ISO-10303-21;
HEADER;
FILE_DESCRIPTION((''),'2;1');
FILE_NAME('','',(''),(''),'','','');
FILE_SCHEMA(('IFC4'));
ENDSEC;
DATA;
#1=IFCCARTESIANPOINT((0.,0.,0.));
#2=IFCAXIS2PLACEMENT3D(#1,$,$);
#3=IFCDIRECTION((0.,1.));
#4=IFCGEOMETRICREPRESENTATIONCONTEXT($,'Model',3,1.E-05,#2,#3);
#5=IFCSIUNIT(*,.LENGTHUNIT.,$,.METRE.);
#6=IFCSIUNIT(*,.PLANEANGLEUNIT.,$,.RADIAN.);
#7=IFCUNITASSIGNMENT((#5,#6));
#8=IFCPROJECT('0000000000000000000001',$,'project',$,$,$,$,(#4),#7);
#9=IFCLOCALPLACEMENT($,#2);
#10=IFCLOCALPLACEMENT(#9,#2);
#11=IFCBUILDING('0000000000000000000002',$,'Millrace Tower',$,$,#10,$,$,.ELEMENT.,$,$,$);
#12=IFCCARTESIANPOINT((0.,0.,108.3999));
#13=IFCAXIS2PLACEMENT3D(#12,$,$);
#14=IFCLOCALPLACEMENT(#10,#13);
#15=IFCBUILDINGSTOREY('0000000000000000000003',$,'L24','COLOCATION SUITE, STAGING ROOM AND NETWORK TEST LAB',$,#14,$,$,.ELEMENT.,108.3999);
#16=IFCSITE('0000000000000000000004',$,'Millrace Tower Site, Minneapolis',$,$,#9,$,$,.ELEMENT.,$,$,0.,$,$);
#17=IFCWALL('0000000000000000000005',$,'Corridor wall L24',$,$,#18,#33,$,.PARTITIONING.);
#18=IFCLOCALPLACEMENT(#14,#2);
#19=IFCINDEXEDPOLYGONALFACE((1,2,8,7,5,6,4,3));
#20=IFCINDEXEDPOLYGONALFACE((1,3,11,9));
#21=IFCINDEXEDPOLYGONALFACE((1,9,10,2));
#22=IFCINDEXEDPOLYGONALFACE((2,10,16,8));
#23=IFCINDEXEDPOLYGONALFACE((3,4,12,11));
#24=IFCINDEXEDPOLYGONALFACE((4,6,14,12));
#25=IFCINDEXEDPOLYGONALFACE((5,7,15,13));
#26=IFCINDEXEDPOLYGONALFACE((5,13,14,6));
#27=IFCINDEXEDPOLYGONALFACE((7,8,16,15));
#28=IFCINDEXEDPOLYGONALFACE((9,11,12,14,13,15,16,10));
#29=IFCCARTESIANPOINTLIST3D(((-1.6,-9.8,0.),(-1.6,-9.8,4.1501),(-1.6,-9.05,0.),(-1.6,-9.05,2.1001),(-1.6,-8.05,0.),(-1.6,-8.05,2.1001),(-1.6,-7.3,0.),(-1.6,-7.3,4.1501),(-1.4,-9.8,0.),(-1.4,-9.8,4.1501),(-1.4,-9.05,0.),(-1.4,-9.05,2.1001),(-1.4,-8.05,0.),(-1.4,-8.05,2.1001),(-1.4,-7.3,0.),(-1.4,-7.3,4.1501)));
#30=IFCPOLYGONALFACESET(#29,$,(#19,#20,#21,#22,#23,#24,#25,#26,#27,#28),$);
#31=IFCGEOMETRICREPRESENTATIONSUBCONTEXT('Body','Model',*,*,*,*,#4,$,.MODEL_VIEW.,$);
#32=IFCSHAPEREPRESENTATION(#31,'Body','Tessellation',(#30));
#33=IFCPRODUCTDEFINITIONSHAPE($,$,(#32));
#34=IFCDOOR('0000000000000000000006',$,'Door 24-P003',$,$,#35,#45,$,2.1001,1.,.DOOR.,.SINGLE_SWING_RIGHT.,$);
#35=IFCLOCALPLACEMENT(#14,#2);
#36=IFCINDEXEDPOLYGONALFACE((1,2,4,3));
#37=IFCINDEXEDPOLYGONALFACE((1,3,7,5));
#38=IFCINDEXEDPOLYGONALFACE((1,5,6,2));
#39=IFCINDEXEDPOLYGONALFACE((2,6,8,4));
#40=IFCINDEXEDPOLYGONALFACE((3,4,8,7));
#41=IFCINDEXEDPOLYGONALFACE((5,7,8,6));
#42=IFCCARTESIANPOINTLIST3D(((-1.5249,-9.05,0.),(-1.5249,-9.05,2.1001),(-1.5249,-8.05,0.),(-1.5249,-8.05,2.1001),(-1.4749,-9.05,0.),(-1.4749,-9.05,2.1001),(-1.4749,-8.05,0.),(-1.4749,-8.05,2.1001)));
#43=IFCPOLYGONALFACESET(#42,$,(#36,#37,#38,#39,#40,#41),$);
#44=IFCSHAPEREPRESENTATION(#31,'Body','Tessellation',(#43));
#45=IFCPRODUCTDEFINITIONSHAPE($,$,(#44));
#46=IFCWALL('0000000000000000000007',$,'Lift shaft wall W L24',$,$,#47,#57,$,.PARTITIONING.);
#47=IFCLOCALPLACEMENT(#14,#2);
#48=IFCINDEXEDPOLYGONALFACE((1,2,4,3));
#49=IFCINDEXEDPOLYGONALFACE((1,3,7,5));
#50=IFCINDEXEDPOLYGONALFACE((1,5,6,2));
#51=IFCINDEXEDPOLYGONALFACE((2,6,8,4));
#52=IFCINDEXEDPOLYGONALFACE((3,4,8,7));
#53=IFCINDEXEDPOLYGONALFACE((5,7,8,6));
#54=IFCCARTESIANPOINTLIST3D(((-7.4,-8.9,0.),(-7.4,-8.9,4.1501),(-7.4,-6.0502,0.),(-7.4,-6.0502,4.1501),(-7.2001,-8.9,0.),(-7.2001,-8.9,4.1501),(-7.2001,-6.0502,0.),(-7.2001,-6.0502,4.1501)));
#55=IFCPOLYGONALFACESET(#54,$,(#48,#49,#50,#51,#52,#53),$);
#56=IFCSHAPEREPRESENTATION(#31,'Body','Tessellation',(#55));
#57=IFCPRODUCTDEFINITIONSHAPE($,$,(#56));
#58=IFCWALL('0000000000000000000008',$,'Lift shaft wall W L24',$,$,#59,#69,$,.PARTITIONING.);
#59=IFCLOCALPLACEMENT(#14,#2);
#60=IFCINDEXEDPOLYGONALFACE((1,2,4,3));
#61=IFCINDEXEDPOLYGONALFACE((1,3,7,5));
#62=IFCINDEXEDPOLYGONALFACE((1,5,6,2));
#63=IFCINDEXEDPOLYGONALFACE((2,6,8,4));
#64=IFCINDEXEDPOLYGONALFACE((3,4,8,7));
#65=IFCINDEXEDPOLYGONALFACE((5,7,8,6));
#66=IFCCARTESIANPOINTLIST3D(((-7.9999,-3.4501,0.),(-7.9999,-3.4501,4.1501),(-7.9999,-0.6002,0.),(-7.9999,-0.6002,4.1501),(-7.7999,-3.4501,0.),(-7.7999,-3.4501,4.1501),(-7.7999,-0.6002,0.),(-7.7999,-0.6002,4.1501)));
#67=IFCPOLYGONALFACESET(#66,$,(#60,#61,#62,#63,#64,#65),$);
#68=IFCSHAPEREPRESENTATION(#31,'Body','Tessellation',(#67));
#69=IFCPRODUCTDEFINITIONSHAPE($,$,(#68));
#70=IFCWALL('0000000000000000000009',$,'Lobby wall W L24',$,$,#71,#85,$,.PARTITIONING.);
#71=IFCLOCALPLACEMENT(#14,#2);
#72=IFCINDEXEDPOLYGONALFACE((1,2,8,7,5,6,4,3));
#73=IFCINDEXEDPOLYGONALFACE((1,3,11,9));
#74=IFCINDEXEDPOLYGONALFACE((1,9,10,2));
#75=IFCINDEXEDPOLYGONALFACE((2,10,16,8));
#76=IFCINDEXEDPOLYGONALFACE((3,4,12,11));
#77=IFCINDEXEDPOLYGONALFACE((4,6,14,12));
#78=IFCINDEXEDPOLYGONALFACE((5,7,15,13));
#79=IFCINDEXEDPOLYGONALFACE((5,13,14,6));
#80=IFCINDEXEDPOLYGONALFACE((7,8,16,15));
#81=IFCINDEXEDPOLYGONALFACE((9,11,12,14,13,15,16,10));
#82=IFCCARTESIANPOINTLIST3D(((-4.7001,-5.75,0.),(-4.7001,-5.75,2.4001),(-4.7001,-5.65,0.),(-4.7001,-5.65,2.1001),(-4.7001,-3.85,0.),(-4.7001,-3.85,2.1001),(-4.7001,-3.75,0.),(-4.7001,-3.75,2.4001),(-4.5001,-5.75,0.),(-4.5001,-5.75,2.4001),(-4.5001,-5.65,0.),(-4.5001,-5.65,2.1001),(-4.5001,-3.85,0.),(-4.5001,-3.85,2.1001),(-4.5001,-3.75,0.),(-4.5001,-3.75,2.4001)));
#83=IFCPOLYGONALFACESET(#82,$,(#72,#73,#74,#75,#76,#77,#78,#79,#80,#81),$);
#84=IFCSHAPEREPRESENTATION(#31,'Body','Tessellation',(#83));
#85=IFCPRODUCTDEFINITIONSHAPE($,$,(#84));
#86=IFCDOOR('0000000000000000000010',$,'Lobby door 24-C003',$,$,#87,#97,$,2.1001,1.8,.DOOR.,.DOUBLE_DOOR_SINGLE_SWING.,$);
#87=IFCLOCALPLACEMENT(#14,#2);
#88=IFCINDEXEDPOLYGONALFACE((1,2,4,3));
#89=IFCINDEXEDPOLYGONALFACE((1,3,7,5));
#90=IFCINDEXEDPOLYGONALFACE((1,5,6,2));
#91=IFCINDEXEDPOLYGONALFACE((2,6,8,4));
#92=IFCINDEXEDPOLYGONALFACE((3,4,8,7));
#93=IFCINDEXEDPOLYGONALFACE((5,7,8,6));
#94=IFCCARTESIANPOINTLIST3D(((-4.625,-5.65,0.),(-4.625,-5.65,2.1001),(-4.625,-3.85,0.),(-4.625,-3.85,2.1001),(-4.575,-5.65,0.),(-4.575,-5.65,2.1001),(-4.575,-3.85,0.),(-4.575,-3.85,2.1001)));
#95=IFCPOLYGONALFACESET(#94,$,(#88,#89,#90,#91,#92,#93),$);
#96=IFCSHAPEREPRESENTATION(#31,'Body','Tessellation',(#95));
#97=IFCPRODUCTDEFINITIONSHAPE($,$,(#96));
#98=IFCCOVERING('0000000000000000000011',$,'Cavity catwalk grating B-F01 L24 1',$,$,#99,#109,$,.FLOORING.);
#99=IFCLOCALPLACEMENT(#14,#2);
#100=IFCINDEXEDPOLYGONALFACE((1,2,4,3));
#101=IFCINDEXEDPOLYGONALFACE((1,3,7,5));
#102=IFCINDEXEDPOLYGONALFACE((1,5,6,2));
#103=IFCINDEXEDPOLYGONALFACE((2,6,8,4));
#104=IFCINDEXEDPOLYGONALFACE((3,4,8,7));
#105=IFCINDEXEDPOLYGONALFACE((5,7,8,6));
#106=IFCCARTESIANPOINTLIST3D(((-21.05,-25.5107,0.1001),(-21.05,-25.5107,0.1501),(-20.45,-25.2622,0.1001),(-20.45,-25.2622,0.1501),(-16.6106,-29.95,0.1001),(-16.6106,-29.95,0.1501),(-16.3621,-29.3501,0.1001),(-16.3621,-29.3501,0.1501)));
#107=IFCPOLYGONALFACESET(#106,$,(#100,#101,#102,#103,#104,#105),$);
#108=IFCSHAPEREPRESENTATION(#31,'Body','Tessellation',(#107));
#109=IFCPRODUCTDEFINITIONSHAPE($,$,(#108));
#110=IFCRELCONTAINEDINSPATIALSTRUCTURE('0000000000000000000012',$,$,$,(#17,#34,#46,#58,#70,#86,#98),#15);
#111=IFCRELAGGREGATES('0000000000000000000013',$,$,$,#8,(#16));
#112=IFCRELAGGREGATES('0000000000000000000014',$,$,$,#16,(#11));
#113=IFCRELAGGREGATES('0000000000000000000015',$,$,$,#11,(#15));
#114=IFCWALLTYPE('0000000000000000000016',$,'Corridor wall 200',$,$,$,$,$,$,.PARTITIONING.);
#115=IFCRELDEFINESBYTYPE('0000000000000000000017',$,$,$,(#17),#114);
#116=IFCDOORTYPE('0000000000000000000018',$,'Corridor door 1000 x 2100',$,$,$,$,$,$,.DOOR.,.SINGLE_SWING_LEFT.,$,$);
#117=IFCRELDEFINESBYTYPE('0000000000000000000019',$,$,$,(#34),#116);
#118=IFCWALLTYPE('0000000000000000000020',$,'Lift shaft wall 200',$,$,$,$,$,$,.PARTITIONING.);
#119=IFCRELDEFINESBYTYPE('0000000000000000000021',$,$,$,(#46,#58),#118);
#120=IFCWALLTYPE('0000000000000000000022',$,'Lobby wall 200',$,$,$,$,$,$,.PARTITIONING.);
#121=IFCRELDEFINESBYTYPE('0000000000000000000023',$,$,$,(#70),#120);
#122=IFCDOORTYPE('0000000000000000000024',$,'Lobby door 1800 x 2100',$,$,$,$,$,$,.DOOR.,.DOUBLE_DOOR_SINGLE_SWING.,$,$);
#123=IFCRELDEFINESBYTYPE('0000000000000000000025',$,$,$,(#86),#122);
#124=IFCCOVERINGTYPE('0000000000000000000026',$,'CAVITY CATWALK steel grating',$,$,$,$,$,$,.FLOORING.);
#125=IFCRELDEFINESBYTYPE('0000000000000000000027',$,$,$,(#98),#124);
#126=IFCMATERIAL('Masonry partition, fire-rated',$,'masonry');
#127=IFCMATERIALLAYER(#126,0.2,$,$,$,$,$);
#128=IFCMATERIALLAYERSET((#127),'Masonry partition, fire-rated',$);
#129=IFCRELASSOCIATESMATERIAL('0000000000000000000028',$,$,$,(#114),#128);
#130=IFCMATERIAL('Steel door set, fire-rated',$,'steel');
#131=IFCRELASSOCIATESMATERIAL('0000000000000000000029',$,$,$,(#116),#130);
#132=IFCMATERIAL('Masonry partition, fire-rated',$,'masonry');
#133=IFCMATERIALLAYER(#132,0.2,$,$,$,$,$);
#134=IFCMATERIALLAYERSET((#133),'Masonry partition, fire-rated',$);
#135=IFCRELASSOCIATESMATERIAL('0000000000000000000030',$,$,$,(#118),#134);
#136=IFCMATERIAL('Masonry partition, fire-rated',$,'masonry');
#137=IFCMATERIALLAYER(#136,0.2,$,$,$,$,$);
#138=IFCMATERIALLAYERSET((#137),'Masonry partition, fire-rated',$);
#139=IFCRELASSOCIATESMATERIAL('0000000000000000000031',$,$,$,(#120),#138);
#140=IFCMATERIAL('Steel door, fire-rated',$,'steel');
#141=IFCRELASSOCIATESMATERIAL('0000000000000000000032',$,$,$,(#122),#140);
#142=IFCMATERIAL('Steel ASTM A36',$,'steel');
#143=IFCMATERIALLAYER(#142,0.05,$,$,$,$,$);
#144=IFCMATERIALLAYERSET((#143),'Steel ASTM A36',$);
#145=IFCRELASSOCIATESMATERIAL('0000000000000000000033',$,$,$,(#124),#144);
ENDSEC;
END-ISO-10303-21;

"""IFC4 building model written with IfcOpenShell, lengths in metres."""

from ifc_helpers import new_model, si_unit, direction, frame, frame_2d, origin, place, context, subcontext, project, spatial, polyline, rectangle, outline, extrude, material, layer, layer_set, type_object, element, fill, save


model = new_model("IFC4")

# Units and contexts
model_context = context("Model", 3, precision=1e-05, world=origin(), true_north=direction((0.0, 1.0)))
body_context = subcontext(model_context, "Body", "Model", "MODEL_VIEW")
ifc_project = project(units=[si_unit("LENGTHUNIT", "METRE"), si_unit("PLANEANGLEUNIT", "RADIAN")], contexts=[model_context])

# Site, building, storey
site_placement = place(None, origin())
site = spatial("IfcSite", under=ifc_project, at=site_placement, Name="Millrace Tower Site, Minneapolis", CompositionType="ELEMENT", RefElevation=0.0)
building_placement = place(site_placement, origin())
building = spatial("IfcBuilding", under=site, at=building_placement, Name="Millrace Tower", CompositionType="ELEMENT")
storey_placement = place(building_placement, frame((0.0, 0.0, 108.3999)))
storey = spatial("IfcBuildingStorey", under=building, at=storey_placement, Name="L24", Description="COLOCATION SUITE, STAGING ROOM AND NETWORK TEST LAB", CompositionType="ELEMENT", Elevation=108.3999)

# Shared definitions
ifc_material_1 = material(Name="Masonry partition, fire-rated", Category="masonry")
ifc_layer_1 = layer(ifc_material_1, 0.2)
ifc_layer_set_1 = layer_set([ifc_layer_1], Name="Masonry partition, fire-rated")
wall_type_1 = type_object("IfcWallType", Name="Corridor wall 200", PredefinedType="PARTITIONING", material=ifc_layer_set_1)

# Wall, opening, door
wall_1_placement = place(storey_placement, frame((-1.5, -9.8, 0.0), z_axis=(0.0, 0.0, 1.0), x_axis=(0.0, 1.0, 0.0)))
wall_1 = element("IfcWall", 1, at=wall_1_placement, inside=storey, type_object=wall_type_1, Name="Corridor wall L24", PredefinedType="PARTITIONING", context=body_context, shape_type="SweptSolid", body=[
    extrude(rectangle(XDim=2.5, YDim=0.2, at=frame_2d((1.25, 0.0))), origin(), (0.0, 0.0, 1.0), 4.1501),
])
opening_1_placement = place(wall_1_placement, frame((0.75, 0.0, 0.0)))
opening_1 = element("IfcOpeningElement", 2, at=opening_1_placement, cuts=wall_1, PredefinedType="OPENING", context=body_context, shape_type="SweptSolid", body=[
    extrude(rectangle(XDim=1.0, YDim=2.1001, at=frame_2d((0.5, 1.05))), frame((0.0, 0.1099, 0.0), z_axis=(0.0, -1.0, 0.0), x_axis=(1.0, 0.0, 0.0)), (0.0, 0.0, 1.0), 0.22),
])
ifc_material_2 = material(Name="Steel door set, fire-rated", Category="steel")
door_type_1 = type_object("IfcDoorType", Name="Corridor door 1000 x 2100", OperationType="SINGLE_SWING_LEFT", PredefinedType="DOOR", material=ifc_material_2)
door_1_placement = place(opening_1_placement, origin())
door_1 = element("IfcDoor", 3, at=door_1_placement, inside=storey, type_object=door_type_1, Name="Door 24-P003", OperationType="SINGLE_SWING_RIGHT", OverallHeight=2.1001, OverallWidth=1.0, PredefinedType="DOOR", context=body_context, shape_type="SweptSolid", body=[
    extrude(rectangle(XDim=1.0, YDim=2.1001, at=frame_2d((0.5, 1.05))), frame((0.0, 0.0249, 0.0), z_axis=(0.0, -1.0, 0.0), x_axis=(1.0, 0.0, 0.0)), (0.0, 0.0, 1.0), 0.05),
])
fill(opening_1, door_1)

# Walls
ifc_material_3 = material(Name="Masonry partition, fire-rated", Category="masonry")
ifc_layer_2 = layer(ifc_material_3, 0.2)
ifc_layer_set_2 = layer_set([ifc_layer_2], Name="Masonry partition, fire-rated")
wall_type_2 = type_object("IfcWallType", Name="Lift shaft wall 200", PredefinedType="PARTITIONING", material=ifc_layer_set_2)
for number, where, z_axis, x_axis, name in (
    (4, (-7.3, -8.8999, 0.0), (0.0, 0.0, 1.0), (0.0, 1.0, 0.0), "Lift shaft wall W L24"),
    (5, (-7.8999, -3.45, 0.0), (0.0, 0.0, 1.0), (0.0, 1.0, 0.0), "Lift shaft wall W L24"),
):
    element("IfcWall", number, at=place(storey_placement, frame(where, z_axis=z_axis, x_axis=x_axis)), inside=storey, type_object=wall_type_2, Name=name, PredefinedType="PARTITIONING", context=body_context, shape_type="SweptSolid", body=[
        extrude(rectangle(XDim=2.8499, YDim=0.2, at=frame_2d((1.4248, 0.0))), origin(), (0.0, 0.0, 1.0), 4.1501),
    ])

# Wall, opening, door
ifc_material_4 = material(Name="Masonry partition, fire-rated", Category="masonry")
ifc_layer_3 = layer(ifc_material_4, 0.2)
ifc_layer_set_3 = layer_set([ifc_layer_3], Name="Masonry partition, fire-rated")
wall_type_3 = type_object("IfcWallType", Name="Lobby wall 200", PredefinedType="PARTITIONING", material=ifc_layer_set_3)
wall_2_placement = place(storey_placement, frame((-4.6001, -5.75, 0.0), z_axis=(0.0, 0.0, 1.0), x_axis=(0.0, 1.0, 0.0)))
wall_2 = element("IfcWall", 6, at=wall_2_placement, inside=storey, type_object=wall_type_3, Name="Lobby wall W L24", PredefinedType="PARTITIONING", context=body_context, shape_type="SweptSolid", body=[
    extrude(rectangle(XDim=2.0, YDim=0.2, at=frame_2d((1.0, 0.0))), origin(), (0.0, 0.0, 1.0), 2.4001),
])
opening_2_placement = place(wall_2_placement, frame((0.1001, 0.0, 0.0)))
opening_2 = element("IfcOpeningElement", 7, at=opening_2_placement, cuts=wall_2, PredefinedType="OPENING", context=body_context, shape_type="SweptSolid", body=[
    extrude(rectangle(XDim=1.8, YDim=2.1001, at=frame_2d((0.8999, 1.05))), frame((0.0, 0.1099, 0.0), z_axis=(0.0, -1.0, 0.0), x_axis=(1.0, 0.0, 0.0)), (0.0, 0.0, 1.0), 0.22),
])
ifc_material_5 = material(Name="Steel door, fire-rated", Category="steel")
door_type_2 = type_object("IfcDoorType", Name="Lobby door 1800 x 2100", OperationType="DOUBLE_DOOR_SINGLE_SWING", PredefinedType="DOOR", material=ifc_material_5)
door_2_placement = place(opening_2_placement, origin())
door_2 = element("IfcDoor", 8, at=door_2_placement, inside=storey, type_object=door_type_2, Name="Lobby door 24-C003", OperationType="DOUBLE_DOOR_SINGLE_SWING", OverallHeight=2.1001, OverallWidth=1.8, PredefinedType="DOOR", context=body_context, shape_type="SweptSolid", body=[
    extrude(rectangle(XDim=1.8, YDim=2.1001, at=frame_2d((0.8999, 1.05))), frame((0.0, 0.0249, 0.0), z_axis=(0.0, -1.0, 0.0), x_axis=(1.0, 0.0, 0.0)), (0.0, 0.0, 1.0), 0.05),
])
fill(opening_2, door_2)

# Covering
ifc_material_6 = material(Name="Steel ASTM A36", Category="steel")
ifc_layer_4 = layer(ifc_material_6, 0.05)
ifc_layer_set_4 = layer_set([ifc_layer_4], Name="Steel ASTM A36")
covering_type = type_object("IfcCoveringType", Name="CAVITY CATWALK steel grating", PredefinedType="FLOORING", material=ifc_layer_set_4)
covering_placement = place(storey_placement, frame((0.0, 0.0, 0.1001)))
element("IfcCovering", 9, at=covering_placement, inside=storey, type_object=covering_type, Name="Cavity catwalk grating B-F01 L24 1", PredefinedType="FLOORING", context=body_context, shape_type="SweptSolid", body=[
    extrude(outline(polyline([(-21.05, -25.5107), (-16.6106, -29.95), (-16.3621, -29.3501), (-20.45, -25.2622), (-21.05, -25.5107)])), origin(), (0.0, 0.0, 1.0), 0.05),
])

save(model, "model.ifc")
